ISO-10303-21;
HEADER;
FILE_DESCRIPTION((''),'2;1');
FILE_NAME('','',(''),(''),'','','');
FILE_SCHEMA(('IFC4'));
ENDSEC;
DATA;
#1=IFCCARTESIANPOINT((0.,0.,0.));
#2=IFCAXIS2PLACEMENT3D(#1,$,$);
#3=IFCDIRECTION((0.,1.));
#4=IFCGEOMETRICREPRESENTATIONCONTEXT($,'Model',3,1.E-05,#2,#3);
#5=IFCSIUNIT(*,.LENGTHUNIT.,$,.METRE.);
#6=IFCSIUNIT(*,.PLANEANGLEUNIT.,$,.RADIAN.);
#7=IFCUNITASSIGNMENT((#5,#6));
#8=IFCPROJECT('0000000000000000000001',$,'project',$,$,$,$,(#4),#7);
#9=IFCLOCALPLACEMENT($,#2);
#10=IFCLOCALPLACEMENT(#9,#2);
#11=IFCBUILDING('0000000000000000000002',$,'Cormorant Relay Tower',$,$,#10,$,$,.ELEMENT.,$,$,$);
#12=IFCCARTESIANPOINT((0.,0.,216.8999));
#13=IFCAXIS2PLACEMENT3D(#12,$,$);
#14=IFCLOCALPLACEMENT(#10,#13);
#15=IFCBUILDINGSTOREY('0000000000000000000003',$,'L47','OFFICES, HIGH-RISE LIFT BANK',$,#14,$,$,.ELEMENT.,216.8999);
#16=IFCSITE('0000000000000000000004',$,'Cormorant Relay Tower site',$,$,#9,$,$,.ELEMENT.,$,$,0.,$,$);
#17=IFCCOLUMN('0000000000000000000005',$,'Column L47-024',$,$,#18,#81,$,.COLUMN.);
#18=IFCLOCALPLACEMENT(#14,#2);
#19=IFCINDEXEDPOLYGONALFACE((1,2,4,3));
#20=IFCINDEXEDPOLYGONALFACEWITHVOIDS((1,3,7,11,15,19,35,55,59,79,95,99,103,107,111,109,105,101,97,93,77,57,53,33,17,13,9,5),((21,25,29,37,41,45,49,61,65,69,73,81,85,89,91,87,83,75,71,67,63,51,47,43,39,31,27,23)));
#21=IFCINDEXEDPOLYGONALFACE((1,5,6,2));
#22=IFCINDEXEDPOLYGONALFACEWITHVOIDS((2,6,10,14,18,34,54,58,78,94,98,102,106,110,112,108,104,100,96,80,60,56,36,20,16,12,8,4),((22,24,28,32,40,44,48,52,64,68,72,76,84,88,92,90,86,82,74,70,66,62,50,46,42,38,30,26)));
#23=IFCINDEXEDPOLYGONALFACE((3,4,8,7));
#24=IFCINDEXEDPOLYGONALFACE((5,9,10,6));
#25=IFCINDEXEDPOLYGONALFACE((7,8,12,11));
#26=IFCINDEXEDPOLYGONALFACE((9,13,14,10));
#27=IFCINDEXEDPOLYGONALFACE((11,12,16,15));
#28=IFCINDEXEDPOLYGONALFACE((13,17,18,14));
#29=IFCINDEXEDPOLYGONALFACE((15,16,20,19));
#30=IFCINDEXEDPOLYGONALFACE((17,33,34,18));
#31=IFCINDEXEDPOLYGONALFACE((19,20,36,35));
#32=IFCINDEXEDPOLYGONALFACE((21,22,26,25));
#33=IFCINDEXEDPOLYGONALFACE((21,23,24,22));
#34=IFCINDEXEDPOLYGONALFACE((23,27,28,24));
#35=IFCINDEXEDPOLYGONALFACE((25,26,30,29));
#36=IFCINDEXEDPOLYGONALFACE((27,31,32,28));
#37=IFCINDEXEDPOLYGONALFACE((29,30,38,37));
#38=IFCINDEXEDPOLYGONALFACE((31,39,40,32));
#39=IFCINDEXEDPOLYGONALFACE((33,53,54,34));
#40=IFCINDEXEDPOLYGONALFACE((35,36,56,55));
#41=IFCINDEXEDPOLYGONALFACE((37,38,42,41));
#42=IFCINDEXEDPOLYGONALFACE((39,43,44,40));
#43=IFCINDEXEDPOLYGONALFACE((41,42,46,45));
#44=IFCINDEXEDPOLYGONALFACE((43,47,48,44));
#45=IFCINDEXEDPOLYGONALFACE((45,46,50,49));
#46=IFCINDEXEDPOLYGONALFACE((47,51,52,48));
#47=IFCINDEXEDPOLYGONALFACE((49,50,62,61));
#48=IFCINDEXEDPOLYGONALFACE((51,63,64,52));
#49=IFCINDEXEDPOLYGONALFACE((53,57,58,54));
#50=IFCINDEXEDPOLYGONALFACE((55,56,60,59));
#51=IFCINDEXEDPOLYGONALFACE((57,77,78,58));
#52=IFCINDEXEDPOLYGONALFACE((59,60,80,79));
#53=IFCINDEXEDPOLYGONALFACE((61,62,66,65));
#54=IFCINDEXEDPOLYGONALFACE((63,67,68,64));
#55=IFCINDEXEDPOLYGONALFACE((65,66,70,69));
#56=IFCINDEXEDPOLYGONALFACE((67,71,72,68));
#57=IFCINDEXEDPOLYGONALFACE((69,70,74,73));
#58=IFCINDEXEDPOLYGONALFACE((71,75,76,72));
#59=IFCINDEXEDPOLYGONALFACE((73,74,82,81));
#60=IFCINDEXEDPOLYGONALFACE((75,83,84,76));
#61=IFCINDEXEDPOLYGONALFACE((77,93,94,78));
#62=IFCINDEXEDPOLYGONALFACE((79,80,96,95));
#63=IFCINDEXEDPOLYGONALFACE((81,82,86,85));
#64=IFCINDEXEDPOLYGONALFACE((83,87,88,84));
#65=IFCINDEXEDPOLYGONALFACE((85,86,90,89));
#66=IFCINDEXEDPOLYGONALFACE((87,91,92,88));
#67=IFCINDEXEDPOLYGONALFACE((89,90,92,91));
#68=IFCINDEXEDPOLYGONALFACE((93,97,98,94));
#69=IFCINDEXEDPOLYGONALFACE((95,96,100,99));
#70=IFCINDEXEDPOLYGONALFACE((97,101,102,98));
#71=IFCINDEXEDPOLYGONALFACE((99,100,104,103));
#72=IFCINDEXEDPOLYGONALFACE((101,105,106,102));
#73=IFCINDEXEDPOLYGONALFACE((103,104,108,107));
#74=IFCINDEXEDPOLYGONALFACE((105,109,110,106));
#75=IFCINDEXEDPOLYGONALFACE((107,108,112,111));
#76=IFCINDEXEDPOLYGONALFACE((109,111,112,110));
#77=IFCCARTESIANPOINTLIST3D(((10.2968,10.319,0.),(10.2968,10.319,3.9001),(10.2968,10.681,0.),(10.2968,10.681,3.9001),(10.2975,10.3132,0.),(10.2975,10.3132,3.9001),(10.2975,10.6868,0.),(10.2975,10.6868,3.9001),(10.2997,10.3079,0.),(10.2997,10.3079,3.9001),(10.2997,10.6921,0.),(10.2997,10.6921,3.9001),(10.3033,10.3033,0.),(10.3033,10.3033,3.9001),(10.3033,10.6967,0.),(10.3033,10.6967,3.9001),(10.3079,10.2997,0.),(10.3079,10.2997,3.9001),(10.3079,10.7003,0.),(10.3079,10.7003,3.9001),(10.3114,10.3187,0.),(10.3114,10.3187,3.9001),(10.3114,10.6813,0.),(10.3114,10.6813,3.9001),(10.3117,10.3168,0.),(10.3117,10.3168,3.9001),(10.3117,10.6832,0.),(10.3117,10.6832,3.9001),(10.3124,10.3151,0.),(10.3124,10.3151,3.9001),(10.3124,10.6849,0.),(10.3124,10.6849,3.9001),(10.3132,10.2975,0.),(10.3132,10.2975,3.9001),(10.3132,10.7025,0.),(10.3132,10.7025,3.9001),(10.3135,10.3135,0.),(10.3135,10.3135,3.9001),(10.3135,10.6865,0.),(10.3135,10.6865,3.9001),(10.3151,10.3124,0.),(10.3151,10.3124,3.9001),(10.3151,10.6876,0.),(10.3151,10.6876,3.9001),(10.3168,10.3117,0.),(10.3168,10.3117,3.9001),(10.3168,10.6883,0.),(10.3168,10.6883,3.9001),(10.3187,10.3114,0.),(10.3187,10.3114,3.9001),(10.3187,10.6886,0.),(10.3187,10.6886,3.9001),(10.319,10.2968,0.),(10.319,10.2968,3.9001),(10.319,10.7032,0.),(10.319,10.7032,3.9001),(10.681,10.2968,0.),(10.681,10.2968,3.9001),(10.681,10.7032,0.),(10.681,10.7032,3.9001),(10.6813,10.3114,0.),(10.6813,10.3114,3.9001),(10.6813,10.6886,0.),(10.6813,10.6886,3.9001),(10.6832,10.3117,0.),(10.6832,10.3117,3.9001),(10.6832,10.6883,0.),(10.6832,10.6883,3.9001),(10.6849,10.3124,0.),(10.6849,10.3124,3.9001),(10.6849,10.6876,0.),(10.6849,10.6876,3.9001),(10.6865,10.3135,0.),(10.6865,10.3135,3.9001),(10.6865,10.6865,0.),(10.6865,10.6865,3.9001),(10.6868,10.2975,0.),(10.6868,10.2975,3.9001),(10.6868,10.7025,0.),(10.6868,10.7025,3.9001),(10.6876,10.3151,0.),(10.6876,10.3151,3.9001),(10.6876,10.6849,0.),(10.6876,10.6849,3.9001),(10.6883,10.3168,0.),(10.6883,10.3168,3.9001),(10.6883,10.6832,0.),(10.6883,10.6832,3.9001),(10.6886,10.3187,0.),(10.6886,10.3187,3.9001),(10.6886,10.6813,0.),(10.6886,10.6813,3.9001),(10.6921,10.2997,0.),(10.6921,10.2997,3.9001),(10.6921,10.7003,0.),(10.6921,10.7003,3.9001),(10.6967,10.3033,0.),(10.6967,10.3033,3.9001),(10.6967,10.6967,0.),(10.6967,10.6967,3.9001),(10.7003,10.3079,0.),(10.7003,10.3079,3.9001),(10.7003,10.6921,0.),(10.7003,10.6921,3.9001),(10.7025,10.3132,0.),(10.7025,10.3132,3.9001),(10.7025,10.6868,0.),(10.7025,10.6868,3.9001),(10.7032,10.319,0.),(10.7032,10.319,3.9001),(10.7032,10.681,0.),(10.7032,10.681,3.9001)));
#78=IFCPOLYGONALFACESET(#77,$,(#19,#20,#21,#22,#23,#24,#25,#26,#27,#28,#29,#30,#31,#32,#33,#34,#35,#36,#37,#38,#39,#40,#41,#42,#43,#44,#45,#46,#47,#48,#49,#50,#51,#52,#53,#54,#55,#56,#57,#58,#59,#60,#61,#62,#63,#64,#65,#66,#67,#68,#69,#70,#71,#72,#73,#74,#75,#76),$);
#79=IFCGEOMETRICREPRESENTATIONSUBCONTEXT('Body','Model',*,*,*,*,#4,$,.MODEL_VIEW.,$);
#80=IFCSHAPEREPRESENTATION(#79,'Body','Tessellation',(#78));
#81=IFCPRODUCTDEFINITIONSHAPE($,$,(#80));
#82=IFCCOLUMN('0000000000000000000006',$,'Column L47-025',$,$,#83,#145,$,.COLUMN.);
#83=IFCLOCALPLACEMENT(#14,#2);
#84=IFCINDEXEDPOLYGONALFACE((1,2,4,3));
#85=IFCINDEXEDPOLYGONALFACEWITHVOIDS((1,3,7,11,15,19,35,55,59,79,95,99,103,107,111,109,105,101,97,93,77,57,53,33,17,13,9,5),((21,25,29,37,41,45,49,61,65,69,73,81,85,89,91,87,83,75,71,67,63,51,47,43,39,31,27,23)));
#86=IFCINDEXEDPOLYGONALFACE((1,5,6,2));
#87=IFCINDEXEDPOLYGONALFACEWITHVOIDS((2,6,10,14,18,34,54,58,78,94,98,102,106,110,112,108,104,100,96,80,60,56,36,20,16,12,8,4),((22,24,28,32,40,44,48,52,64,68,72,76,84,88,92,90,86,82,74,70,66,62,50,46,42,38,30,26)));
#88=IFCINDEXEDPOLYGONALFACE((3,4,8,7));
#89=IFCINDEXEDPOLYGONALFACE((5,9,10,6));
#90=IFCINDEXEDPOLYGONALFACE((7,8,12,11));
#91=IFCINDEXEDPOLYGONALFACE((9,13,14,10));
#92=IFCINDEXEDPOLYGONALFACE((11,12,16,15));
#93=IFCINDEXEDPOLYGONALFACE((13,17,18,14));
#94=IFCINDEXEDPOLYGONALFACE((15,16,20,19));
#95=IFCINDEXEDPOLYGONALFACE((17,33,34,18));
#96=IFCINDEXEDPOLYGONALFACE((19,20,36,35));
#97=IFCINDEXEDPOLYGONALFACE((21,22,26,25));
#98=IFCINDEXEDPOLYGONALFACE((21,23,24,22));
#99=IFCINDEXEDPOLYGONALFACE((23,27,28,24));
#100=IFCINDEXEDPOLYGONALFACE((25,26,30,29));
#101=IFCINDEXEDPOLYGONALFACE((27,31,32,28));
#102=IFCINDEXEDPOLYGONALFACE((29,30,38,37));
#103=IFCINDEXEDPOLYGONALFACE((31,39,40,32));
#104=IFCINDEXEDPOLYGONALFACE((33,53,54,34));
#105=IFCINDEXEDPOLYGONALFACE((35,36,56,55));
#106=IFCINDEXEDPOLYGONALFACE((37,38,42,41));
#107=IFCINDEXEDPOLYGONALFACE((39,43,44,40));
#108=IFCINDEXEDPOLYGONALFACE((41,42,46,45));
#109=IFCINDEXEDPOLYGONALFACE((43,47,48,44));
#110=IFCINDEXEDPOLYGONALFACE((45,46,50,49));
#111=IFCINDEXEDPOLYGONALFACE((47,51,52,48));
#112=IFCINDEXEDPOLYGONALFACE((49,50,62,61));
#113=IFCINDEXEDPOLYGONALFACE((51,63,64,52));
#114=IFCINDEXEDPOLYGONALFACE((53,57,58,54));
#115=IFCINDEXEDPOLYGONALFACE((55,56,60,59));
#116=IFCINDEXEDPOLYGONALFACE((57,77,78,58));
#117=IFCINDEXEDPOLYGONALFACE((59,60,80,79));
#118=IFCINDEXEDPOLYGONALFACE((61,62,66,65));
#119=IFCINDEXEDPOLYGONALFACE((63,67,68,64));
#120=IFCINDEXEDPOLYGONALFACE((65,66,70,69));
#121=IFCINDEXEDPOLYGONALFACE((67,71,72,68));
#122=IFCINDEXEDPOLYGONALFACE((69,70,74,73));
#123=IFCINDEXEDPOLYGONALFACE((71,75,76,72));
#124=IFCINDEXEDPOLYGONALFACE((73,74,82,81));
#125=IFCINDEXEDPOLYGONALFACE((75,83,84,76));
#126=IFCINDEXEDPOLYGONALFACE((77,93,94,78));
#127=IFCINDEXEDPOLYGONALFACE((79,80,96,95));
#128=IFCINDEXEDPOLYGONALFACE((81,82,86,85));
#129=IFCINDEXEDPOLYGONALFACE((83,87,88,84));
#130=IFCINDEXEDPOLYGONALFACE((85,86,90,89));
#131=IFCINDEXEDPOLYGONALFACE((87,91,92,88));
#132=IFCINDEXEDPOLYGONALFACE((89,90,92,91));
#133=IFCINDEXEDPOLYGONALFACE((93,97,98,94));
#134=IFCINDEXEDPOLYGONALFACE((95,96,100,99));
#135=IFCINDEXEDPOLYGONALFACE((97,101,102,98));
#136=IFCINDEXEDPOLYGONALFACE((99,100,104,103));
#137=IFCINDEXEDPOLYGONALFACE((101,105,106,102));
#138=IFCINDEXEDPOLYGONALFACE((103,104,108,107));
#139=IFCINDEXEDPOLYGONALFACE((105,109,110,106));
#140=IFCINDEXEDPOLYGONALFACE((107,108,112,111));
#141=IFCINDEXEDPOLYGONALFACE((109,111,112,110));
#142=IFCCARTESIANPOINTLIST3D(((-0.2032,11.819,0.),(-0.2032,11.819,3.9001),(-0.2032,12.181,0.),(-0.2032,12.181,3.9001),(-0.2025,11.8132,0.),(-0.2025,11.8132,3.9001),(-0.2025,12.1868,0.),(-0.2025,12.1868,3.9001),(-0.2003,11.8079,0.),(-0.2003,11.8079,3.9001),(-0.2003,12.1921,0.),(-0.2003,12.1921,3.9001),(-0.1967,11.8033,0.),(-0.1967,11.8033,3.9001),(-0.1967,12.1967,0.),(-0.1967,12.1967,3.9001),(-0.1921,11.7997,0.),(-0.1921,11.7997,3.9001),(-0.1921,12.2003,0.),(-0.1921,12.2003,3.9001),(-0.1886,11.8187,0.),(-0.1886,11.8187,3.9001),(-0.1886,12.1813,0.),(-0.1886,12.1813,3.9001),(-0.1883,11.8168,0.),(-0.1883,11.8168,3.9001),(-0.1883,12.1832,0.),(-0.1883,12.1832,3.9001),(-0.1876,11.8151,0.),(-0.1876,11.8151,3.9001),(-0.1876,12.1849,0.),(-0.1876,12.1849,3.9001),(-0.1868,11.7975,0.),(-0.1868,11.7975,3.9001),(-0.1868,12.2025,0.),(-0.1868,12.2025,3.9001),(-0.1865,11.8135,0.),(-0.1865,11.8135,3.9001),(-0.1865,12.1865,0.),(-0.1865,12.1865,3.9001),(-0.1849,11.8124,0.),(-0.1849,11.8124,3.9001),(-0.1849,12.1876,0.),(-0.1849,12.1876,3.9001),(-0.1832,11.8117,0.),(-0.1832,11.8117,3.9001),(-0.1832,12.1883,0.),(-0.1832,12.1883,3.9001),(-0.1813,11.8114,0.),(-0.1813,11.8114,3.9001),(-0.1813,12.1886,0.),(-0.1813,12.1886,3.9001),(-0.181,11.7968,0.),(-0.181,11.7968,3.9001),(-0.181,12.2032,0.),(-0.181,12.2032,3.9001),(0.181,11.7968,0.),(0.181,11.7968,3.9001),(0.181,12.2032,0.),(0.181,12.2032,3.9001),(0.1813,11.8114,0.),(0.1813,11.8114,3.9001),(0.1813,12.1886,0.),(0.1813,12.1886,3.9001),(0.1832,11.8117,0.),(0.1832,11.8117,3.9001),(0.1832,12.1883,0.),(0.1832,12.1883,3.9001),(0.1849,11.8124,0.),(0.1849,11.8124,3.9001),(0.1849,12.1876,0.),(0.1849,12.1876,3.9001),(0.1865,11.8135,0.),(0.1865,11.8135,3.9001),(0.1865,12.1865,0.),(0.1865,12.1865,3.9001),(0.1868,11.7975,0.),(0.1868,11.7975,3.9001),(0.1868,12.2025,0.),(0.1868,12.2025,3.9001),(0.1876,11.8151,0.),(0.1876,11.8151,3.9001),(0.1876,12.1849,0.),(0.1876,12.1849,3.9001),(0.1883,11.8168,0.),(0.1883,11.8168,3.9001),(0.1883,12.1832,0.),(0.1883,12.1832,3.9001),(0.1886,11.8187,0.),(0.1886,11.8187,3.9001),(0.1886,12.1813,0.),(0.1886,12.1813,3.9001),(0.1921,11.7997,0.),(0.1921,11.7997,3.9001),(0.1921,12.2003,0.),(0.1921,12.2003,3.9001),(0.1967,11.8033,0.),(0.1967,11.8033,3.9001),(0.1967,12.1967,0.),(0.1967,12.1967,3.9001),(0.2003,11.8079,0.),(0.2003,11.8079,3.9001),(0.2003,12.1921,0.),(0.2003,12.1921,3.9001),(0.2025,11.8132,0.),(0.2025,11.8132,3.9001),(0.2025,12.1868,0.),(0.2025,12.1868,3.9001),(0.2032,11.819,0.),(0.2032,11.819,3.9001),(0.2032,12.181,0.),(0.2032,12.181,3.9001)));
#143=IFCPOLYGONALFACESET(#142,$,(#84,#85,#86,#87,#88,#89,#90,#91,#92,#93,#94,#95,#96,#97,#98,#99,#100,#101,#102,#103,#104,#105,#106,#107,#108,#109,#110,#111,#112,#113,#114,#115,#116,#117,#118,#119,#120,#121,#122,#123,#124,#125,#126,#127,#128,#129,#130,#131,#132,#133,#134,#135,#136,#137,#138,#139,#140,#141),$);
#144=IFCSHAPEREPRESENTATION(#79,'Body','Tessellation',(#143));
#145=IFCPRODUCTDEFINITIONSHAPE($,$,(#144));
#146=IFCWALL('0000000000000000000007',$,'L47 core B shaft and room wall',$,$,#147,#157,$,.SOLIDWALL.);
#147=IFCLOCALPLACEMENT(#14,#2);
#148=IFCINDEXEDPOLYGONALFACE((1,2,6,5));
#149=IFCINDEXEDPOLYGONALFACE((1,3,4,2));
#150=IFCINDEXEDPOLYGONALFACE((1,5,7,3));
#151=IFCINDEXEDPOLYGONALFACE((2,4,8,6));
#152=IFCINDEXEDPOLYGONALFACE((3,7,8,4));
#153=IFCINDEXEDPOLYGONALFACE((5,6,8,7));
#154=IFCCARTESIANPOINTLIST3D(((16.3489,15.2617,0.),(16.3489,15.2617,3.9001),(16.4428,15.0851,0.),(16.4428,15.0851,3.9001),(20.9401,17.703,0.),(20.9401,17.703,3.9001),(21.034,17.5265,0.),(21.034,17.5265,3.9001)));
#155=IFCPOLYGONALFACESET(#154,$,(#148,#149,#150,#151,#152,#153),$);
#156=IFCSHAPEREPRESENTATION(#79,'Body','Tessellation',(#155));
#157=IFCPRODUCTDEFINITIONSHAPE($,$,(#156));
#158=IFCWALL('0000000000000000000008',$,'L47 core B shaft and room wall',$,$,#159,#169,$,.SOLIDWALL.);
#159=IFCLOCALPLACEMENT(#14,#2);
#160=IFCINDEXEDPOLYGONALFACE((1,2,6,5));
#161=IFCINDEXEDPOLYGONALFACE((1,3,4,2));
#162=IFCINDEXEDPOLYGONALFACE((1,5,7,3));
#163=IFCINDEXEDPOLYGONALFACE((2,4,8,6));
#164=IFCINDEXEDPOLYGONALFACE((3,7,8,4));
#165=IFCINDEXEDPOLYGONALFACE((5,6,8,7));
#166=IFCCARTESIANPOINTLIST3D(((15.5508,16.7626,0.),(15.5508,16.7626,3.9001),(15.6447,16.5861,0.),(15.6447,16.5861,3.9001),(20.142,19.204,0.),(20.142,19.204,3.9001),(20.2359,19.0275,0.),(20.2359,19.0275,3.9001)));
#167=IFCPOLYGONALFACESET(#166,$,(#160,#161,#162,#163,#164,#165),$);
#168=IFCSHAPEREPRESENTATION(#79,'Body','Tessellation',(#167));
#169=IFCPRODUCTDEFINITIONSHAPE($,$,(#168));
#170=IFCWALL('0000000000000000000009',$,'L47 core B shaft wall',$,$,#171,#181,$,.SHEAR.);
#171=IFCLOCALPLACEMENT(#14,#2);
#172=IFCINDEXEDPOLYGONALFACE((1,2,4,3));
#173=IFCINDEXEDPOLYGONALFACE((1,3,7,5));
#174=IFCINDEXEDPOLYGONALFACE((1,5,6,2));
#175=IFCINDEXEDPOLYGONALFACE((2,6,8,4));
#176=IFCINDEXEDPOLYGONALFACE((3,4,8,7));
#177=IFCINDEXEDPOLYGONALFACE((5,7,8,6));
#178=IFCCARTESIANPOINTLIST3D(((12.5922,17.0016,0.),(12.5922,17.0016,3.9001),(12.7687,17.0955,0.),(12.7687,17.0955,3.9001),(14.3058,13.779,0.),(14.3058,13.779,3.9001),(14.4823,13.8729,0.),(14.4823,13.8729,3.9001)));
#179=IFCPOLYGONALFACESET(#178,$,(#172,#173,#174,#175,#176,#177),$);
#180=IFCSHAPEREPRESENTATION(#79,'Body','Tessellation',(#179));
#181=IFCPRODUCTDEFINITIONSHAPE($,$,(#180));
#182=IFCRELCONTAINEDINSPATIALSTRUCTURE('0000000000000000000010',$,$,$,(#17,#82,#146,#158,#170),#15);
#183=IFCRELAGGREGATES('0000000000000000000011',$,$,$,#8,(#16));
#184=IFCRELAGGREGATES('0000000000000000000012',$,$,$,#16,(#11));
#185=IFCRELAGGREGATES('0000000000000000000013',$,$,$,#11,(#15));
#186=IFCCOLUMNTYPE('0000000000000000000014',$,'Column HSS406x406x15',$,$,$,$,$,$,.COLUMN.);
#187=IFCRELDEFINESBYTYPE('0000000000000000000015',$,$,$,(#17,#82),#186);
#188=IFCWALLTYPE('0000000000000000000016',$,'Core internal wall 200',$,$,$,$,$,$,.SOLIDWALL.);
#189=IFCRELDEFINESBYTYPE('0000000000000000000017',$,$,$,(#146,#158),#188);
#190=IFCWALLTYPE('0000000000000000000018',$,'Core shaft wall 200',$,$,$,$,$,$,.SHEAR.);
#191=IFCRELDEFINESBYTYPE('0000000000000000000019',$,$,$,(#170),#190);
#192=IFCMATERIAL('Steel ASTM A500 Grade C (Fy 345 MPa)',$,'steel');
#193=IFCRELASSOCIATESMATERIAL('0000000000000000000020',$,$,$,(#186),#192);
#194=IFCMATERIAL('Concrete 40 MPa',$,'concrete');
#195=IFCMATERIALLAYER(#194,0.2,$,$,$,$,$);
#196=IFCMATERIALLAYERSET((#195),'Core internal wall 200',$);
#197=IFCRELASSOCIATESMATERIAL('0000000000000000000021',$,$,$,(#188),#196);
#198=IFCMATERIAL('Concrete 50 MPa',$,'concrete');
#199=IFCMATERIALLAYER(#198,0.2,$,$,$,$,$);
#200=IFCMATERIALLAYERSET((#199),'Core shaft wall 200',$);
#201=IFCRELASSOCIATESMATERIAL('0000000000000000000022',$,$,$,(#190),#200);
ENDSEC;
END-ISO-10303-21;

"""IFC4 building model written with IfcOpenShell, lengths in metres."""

from ifc_helpers import new_model, si_unit, direction, frame, frame_2d, origin, origin_2d, place, context, subcontext, project, spatial, rectangle, hollow_rectangle, extrude, material, layer, layer_set, material_profile, profile_set, type_object, element, save


model = new_model("IFC4")

# Units and contexts
model_context = context("Model", 3, precision=1e-05, world=origin(), true_north=direction((0.0, 1.0)))
body_context = subcontext(model_context, "Body", "Model", "MODEL_VIEW")
ifc_project = project(units=[si_unit("LENGTHUNIT", "METRE"), si_unit("PLANEANGLEUNIT", "RADIAN")], contexts=[model_context])

# Site, building, storey
site_placement = place(None, origin())
site = spatial("IfcSite", under=ifc_project, at=site_placement, Name="Cormorant Relay Tower site", CompositionType="ELEMENT", RefElevation=0.0)
building_placement = place(site_placement, origin())
building = spatial("IfcBuilding", under=site, at=building_placement, Name="Cormorant Relay Tower", CompositionType="ELEMENT")
storey_placement = place(building_placement, frame((0.0, 0.0, 216.8999)))
storey = spatial("IfcBuildingStorey", under=building, at=storey_placement, Name="L47", Description="OFFICES, HIGH-RISE LIFT BANK", CompositionType="ELEMENT", Elevation=216.8999)

# Columns
ifc_material_1 = material(Name="Steel ASTM A500 Grade C (Fy 345 MPa)", Category="steel")
ifc_material_profile = material_profile(ifc_material_1, hollow_rectangle(XDim=0.4065, YDim=0.4065, WallThickness=0.0146, InnerFilletRadius=0.0073, OuterFilletRadius=0.0222, at=origin_2d()), Name="HSS406x406x15")
ifc_profile_set = profile_set([ifc_material_profile], Name="Steel ASTM A500 Grade C (Fy 345 MPa)")
column_type = type_object("IfcColumnType", Name="Column HSS406x406x15", PredefinedType="COLUMN", material=ifc_profile_set)
for number, where, z_axis, x_axis, name in (
    (1, (10.5, 10.5, 0.0), (0.0, 0.0, 1.0), (1.0, 0.0, 0.0), "Column L47-024"),
    (2, (0.0, 12.0, 0.0), (0.0, 0.0, 1.0), (1.0, 0.0, 0.0), "Column L47-025"),
):
    element("IfcColumn", number, at=place(storey_placement, frame(where, z_axis=z_axis, x_axis=x_axis)), inside=storey, type_object=column_type, Name=name, PredefinedType="COLUMN", context=body_context, shape_type="SweptSolid", body=[
        extrude(hollow_rectangle(XDim=0.4065, YDim=0.4065, WallThickness=0.0146, InnerFilletRadius=0.0073, OuterFilletRadius=0.0222, at=origin_2d()), origin(), (0.0, 0.0, 1.0), 3.9001),
    ])

# Walls
ifc_material_2 = material(Name="Concrete 40 MPa", Category="concrete")
ifc_layer_1 = layer(ifc_material_2, 0.2)
ifc_layer_set_1 = layer_set([ifc_layer_1], Name="Core internal wall 200")
wall_type_1 = type_object("IfcWallType", Name="Core internal wall 200", PredefinedType="SOLIDWALL", material=ifc_layer_set_1)
for number, where, z_axis, x_axis, name in (
    (3, (16.3958, 15.1733, 0.0), (0.0, 0.0, 1.0), (0.882935, 0.469496, 0.0), "L47 core B shaft and room wall"),
    (4, (15.5977, 16.6743, 0.0), (0.0, 0.0, 1.0), (0.882935, 0.469496, 0.0), "L47 core B shaft and room wall"),
):
    element("IfcWall", number, at=place(storey_placement, frame(where, z_axis=z_axis, x_axis=x_axis)), inside=storey, type_object=wall_type_1, Name=name, PredefinedType="SOLIDWALL", context=body_context, shape_type="SweptSolid", body=[
        extrude(rectangle(XDim=5.2, YDim=0.2, at=frame_2d((2.6001, 0.0))), origin(), (0.0, 0.0, 1.0), 3.9001),
    ])
ifc_material_3 = material(Name="Concrete 50 MPa", Category="concrete")
ifc_layer_2 = layer(ifc_material_3, 0.2)
ifc_layer_set_2 = layer_set([ifc_layer_2], Name="Core shaft wall 200")
wall_type_2 = type_object("IfcWallType", Name="Core shaft wall 200", PredefinedType="SHEAR", material=ifc_layer_set_2)
wall_1_placement = place(storey_placement, frame((14.394, 13.8259, 0.0), z_axis=(0.0, 0.0, 1.0), x_axis=(-0.469494, 0.882936, 0.0)))
element("IfcWall", 5, at=wall_1_placement, inside=storey, type_object=wall_type_2, Name="L47 core B shaft wall", PredefinedType="SHEAR", context=body_context, shape_type="SweptSolid", body=[
    extrude(rectangle(XDim=3.6499, YDim=0.2, at=frame_2d((1.825, 0.0))), origin(), (0.0, 0.0, 1.0), 3.9001),
])

save(model, "model.ifc")
